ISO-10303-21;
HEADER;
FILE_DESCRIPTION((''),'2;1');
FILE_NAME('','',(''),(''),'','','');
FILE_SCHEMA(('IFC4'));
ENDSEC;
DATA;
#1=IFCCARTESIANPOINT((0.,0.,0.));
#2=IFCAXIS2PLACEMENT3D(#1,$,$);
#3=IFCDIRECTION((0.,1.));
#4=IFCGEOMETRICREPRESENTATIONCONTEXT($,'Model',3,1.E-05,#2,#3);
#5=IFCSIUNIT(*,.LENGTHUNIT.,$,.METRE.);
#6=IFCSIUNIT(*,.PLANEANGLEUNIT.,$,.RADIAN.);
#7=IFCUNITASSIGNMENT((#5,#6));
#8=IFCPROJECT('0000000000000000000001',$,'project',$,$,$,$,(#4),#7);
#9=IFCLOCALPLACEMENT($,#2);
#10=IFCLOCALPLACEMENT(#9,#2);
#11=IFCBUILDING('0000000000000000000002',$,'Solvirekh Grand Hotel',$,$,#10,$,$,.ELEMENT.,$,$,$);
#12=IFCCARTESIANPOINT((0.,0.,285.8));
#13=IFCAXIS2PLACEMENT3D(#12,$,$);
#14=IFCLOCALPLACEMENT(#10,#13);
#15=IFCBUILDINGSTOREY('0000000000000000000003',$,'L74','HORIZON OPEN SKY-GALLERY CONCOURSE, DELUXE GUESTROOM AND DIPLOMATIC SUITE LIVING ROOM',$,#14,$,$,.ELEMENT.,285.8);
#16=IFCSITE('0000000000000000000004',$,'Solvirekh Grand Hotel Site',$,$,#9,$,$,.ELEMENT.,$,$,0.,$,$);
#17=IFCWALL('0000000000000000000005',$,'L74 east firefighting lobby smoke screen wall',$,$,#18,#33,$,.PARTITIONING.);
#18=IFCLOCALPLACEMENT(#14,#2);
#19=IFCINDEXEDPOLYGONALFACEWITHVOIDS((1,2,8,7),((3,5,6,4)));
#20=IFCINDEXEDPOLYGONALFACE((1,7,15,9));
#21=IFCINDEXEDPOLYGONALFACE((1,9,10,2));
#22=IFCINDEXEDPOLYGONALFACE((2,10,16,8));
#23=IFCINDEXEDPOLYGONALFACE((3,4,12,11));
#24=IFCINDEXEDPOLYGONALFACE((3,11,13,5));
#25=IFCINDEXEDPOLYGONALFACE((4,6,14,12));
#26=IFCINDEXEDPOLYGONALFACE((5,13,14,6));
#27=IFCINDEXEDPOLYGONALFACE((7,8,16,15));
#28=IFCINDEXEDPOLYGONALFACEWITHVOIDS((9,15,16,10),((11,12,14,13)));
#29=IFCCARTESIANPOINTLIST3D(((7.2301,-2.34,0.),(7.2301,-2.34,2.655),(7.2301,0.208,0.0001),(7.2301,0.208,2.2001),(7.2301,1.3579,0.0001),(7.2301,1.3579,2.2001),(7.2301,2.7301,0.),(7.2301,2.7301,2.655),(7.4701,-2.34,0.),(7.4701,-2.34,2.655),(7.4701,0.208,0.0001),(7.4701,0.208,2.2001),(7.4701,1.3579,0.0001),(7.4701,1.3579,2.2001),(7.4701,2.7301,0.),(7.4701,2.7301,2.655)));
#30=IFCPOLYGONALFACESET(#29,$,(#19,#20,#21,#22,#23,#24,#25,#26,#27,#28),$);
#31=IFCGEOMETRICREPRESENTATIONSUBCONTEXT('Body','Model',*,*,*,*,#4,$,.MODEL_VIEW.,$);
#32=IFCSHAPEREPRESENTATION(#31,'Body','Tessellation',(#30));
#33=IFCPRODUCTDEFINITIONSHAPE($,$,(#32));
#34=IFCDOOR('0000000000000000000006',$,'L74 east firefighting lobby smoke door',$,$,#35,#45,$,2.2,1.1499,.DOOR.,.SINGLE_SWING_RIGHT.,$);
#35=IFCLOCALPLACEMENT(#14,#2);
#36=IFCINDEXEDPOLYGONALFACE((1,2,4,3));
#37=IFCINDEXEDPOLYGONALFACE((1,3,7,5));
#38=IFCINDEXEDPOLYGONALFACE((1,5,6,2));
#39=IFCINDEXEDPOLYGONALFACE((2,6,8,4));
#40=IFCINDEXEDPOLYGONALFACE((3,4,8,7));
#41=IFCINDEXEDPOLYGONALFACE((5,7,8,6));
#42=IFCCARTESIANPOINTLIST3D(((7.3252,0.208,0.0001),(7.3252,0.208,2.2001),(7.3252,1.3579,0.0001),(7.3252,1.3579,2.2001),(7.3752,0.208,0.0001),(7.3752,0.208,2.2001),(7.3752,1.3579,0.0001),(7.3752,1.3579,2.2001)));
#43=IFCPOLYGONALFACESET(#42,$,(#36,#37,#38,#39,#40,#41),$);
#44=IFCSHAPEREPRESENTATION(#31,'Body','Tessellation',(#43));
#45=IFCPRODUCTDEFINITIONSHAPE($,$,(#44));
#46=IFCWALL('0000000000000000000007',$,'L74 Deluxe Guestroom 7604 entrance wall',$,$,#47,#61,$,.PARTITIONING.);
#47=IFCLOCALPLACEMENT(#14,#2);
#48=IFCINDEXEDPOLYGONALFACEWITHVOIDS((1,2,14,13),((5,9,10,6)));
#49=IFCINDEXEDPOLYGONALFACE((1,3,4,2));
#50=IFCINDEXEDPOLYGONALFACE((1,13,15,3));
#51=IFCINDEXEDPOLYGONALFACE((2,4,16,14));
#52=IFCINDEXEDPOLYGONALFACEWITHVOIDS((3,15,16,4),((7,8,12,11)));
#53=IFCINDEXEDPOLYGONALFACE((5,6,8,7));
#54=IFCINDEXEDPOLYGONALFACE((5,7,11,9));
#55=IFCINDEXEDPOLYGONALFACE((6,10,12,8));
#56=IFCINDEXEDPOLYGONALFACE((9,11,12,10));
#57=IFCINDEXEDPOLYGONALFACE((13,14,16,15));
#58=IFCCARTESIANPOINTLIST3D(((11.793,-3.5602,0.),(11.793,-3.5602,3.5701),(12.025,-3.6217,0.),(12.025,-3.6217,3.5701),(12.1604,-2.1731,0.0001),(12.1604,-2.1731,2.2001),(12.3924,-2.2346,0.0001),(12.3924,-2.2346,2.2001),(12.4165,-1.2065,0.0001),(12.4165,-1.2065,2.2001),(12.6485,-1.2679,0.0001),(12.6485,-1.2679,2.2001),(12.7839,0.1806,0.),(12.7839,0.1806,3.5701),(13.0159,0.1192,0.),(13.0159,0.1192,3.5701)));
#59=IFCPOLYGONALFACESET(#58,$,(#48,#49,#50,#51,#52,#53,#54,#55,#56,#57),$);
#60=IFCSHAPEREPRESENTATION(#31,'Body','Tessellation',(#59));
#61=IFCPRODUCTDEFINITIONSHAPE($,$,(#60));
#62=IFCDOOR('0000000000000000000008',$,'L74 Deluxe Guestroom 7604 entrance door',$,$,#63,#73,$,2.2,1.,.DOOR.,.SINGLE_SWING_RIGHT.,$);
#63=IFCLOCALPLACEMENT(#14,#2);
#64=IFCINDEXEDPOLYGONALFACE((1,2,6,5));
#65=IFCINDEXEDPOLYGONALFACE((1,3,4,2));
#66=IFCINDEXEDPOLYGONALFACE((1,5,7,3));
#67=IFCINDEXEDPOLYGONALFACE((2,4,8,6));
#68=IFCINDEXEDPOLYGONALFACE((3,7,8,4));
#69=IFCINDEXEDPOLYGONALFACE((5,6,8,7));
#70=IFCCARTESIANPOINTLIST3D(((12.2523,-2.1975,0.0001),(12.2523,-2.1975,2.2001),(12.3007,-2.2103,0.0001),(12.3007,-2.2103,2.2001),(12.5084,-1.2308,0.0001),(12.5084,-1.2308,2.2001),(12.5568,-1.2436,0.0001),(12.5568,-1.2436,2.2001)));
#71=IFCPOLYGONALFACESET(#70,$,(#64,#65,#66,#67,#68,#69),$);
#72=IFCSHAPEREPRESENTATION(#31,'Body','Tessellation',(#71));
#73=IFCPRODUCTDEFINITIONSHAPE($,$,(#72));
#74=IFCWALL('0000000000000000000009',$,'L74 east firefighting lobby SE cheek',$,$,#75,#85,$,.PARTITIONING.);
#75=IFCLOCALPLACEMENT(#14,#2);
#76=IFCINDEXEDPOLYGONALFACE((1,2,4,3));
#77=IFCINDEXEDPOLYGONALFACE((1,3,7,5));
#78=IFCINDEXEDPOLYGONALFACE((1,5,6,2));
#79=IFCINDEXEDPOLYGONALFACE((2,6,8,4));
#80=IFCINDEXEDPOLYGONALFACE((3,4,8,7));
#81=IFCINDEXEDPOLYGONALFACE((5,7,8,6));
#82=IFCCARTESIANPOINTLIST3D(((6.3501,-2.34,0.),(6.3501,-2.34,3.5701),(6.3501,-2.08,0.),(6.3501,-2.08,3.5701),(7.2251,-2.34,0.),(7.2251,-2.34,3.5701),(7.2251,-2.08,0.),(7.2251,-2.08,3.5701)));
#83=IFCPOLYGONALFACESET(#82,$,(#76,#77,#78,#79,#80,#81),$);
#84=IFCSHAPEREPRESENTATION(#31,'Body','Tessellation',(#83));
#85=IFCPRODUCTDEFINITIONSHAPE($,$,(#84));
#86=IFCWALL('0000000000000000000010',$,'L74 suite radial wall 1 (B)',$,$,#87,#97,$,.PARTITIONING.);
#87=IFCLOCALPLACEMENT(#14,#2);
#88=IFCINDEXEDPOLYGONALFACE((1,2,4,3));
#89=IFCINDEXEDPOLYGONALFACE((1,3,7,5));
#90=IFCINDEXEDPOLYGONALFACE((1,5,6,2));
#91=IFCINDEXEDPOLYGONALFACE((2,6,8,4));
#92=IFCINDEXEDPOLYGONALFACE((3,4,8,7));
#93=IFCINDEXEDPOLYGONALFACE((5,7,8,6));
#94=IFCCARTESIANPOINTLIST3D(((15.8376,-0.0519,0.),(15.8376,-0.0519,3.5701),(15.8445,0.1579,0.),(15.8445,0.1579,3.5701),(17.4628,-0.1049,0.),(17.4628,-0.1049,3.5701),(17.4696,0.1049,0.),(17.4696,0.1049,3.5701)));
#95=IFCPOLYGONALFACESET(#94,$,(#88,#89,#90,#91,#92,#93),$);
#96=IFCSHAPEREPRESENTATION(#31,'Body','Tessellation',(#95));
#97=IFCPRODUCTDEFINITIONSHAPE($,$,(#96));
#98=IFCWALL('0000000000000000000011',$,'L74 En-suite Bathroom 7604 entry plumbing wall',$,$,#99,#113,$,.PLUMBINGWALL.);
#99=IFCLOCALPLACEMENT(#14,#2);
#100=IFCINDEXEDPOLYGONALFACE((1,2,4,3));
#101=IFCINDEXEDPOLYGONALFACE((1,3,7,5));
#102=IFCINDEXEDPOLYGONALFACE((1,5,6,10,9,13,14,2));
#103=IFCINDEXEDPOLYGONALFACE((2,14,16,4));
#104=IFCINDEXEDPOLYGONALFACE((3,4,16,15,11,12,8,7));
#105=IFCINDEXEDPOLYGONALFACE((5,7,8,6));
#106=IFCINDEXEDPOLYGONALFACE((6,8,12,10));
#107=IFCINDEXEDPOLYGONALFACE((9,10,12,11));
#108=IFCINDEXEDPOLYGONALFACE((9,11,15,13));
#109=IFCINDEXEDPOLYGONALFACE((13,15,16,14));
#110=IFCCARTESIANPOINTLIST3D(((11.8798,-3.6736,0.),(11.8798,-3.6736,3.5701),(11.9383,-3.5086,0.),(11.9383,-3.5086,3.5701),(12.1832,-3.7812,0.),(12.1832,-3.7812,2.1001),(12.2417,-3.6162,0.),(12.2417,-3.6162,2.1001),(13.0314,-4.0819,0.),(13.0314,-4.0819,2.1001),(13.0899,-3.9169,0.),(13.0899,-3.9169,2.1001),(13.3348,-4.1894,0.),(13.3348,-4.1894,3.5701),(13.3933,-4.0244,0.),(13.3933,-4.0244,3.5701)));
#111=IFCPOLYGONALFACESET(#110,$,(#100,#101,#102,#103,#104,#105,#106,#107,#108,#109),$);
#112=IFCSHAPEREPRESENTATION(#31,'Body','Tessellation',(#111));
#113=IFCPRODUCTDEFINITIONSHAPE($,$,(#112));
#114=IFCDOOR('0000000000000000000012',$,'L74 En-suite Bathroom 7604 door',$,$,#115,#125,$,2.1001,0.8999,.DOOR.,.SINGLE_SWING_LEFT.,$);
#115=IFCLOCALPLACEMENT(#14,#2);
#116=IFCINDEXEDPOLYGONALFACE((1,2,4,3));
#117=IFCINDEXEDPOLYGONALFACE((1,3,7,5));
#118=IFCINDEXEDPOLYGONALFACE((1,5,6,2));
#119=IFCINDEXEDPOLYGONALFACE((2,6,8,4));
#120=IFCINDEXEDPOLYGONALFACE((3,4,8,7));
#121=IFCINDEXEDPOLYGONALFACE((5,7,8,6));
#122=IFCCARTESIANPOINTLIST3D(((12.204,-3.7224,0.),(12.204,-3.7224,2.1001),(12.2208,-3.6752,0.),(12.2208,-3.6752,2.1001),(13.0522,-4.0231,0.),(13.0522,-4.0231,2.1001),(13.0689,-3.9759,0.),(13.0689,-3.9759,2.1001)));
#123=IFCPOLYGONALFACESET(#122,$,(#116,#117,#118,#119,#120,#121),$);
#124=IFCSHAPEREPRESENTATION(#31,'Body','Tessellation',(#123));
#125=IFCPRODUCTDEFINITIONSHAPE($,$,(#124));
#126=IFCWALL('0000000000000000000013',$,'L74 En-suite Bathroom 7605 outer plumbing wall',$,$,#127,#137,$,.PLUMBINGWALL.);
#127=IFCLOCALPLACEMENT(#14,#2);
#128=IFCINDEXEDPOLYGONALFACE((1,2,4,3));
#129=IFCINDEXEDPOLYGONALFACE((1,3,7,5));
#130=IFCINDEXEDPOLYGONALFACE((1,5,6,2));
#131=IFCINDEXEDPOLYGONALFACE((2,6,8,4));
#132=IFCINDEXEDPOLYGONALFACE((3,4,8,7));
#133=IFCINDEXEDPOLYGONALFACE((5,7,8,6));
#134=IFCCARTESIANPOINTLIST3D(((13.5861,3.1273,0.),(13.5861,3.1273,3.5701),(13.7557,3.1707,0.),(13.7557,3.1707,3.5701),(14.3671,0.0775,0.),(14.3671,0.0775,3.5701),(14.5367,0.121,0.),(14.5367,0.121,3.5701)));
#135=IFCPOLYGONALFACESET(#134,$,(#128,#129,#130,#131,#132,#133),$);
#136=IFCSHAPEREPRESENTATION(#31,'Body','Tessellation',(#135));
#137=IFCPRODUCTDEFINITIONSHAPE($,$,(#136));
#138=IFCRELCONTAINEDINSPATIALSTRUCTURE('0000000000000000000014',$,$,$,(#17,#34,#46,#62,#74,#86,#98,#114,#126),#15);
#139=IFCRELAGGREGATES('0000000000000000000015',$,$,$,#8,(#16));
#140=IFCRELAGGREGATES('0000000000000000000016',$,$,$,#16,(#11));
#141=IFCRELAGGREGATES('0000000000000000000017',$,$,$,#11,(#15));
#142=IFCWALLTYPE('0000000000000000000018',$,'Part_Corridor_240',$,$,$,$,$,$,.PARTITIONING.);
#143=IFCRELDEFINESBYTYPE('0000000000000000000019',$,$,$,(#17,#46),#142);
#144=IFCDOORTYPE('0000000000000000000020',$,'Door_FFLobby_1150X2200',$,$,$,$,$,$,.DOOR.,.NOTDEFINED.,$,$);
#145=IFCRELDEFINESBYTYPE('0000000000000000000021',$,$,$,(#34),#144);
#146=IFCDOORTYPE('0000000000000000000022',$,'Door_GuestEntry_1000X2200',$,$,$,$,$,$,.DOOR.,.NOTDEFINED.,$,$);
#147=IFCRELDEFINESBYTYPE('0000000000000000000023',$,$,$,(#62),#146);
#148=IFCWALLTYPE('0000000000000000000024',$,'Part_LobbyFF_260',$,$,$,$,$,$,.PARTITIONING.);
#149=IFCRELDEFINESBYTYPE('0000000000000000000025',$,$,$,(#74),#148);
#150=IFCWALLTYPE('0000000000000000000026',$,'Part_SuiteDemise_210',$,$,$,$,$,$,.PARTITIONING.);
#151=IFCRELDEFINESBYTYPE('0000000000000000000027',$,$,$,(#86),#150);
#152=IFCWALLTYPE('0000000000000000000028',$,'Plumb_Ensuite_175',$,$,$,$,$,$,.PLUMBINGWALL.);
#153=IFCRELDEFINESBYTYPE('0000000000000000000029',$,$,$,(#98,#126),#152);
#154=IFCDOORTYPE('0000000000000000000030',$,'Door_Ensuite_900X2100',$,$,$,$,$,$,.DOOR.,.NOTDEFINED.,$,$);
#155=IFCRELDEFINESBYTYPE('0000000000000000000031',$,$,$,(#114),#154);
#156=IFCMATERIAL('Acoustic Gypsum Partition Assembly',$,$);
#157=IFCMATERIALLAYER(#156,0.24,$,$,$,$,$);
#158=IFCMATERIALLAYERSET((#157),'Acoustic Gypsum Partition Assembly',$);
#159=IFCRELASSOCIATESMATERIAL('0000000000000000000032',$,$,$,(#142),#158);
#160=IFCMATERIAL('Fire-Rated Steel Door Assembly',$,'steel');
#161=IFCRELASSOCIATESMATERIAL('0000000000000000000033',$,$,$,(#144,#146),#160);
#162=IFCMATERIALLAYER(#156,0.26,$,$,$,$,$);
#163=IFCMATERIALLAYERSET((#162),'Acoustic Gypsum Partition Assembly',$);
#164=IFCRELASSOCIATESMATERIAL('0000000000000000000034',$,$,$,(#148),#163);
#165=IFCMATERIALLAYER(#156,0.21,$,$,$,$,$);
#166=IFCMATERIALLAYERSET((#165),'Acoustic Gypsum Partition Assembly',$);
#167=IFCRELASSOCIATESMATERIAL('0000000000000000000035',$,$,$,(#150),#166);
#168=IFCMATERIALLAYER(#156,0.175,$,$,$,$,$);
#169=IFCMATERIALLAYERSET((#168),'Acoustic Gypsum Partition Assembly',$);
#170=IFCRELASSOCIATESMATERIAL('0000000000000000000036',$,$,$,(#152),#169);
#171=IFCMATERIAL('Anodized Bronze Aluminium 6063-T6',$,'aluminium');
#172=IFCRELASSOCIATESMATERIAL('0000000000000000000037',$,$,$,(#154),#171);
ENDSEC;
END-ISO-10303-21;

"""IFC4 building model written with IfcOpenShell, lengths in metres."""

from ifc_helpers import new_model, si_unit, direction, frame, frame_2d, origin, place, context, subcontext, project, spatial, rectangle, extrude, material, layer, layer_set, type_object, element, fill, save


model = new_model("IFC4")

# Units and contexts
model_context = context("Model", 3, precision=1e-05, world=origin(), true_north=direction((0.0, 1.0)))
body_context = subcontext(model_context, "Body", "Model", "MODEL_VIEW")
ifc_project = project(units=[si_unit("LENGTHUNIT", "METRE"), si_unit("PLANEANGLEUNIT", "RADIAN")], contexts=[model_context])

# Site, building, storey
site_placement = place(None, origin())
site = spatial("IfcSite", under=ifc_project, at=site_placement, Name="Solvirekh Grand Hotel Site", CompositionType="ELEMENT", RefElevation=0.0)
building_placement = place(site_placement, origin())
building = spatial("IfcBuilding", under=site, at=building_placement, Name="Solvirekh Grand Hotel", CompositionType="ELEMENT")
storey_placement = place(building_placement, frame((0.0, 0.0, 285.8)))
storey = spatial("IfcBuildingStorey", under=building, at=storey_placement, Name="L74", Description="HORIZON OPEN SKY-GALLERY CONCOURSE, DELUXE GUESTROOM AND DIPLOMATIC SUITE LIVING ROOM", CompositionType="ELEMENT", Elevation=285.8)

# Shared definitions
ifc_material_1 = material(Name="Fire-Rated Steel Door Assembly", Category="steel")

# Walls, openings, doors
ifc_material_2 = material(Name="Anodized Bronze Aluminium 6063-T6", Category="aluminium")
ifc_material_3 = material(Name="Acoustic Gypsum Partition Assembly")
ifc_layer_1 = layer(ifc_material_3, 0.24)
ifc_layer_set_1 = layer_set([ifc_layer_1], Name="Acoustic Gypsum Partition Assembly")
wall_type_1 = type_object("IfcWallType", Name="Part_Corridor_240", PredefinedType="PARTITIONING", material=ifc_layer_set_1)
wall_1_placement = place(storey_placement, frame((7.3501, -2.3401, 0.0), z_axis=(0.0, 0.0, 1.0), x_axis=(0.0, 1.0, 0.0)))
wall_1 = element("IfcWall", 1, at=wall_1_placement, inside=storey, type_object=wall_type_1, Name="L74 east firefighting lobby smoke screen wall", PredefinedType="PARTITIONING", context=body_context, shape_type="SweptSolid", body=[
    extrude(rectangle(XDim=5.0701, YDim=0.24, at=frame_2d((2.5352, 0.0))), origin(), (0.0, 0.0, 1.0), 2.655),
])
opening_1_placement = place(wall_1_placement, frame((2.5481, 0.0, 0.0)))
opening_1 = element("IfcOpeningElement", 2, at=opening_1_placement, cuts=wall_1, PredefinedType="OPENING", context=body_context, shape_type="SweptSolid", body=[
    extrude(rectangle(XDim=1.1499, YDim=2.2, at=frame_2d((0.575, 1.1001))), frame((0.0, 0.1299, 0.0), z_axis=(0.0, -1.0, 0.0), x_axis=(1.0, 0.0, 0.0)), (0.0, 0.0, 1.0), 0.26),
])
door_type_1 = type_object("IfcDoorType", Name="Door_FFLobby_1150X2200", OperationType="NOTDEFINED", PredefinedType="DOOR", material=ifc_material_1)
door_1_placement = place(opening_1_placement, origin())
door_1 = element("IfcDoor", 3, at=door_1_placement, inside=storey, type_object=door_type_1, Name="L74 east firefighting lobby smoke door", OperationType="SINGLE_SWING_RIGHT", OverallHeight=2.2, OverallWidth=1.1499, PredefinedType="DOOR", context=body_context, shape_type="SweptSolid", body=[
    extrude(rectangle(XDim=1.1499, YDim=2.2, at=frame_2d((0.575, 1.1001))), frame((0.0, 0.0249, 0.0), z_axis=(0.0, -1.0, 0.0), x_axis=(1.0, 0.0, 0.0)), (0.0, 0.0, 1.0), 0.05),
])
fill(opening_1, door_1)
wall_2_placement = place(storey_placement, frame((11.9089, -3.5911, 0.0), z_axis=(0.0, 0.0, 1.0), x_axis=(0.256064, 0.96666, 0.0)))
wall_2 = element("IfcWall", 4, at=wall_2_placement, inside=storey, type_object=wall_type_1, Name="L74 Deluxe Guestroom 7604 entrance wall", PredefinedType="PARTITIONING", context=body_context, shape_type="SweptSolid", body=[
    extrude(rectangle(XDim=3.8699, YDim=0.24, at=frame_2d((1.9351, 0.0))), origin(), (0.0, 0.0, 1.0), 3.5701),
])
opening_2_placement = place(wall_2_placement, frame((1.4351, 0.0, 0.0)))
opening_2 = element("IfcOpeningElement", 5, at=opening_2_placement, cuts=wall_2, PredefinedType="OPENING", context=body_context, shape_type="SweptSolid", body=[
    extrude(rectangle(XDim=1.0, YDim=2.2, at=frame_2d((0.5, 1.1001))), frame((0.0, 0.1299, 0.0), z_axis=(0.0, -1.0, 0.0), x_axis=(1.0, 0.0, 0.0)), (0.0, 0.0, 1.0), 0.26),
])
door_type_2 = type_object("IfcDoorType", Name="Door_GuestEntry_1000X2200", OperationType="NOTDEFINED", PredefinedType="DOOR", material=ifc_material_1)
door_2_placement = place(opening_2_placement, origin())
door_2 = element("IfcDoor", 6, at=door_2_placement, inside=storey, type_object=door_type_2, Name="L74 Deluxe Guestroom 7604 entrance door", OperationType="SINGLE_SWING_RIGHT", OverallHeight=2.2, OverallWidth=1.0, PredefinedType="DOOR", context=body_context, shape_type="SweptSolid", body=[
    extrude(rectangle(XDim=1.0, YDim=2.2, at=frame_2d((0.5, 1.1001))), frame((0.0, 0.0249, 0.0), z_axis=(0.0, -1.0, 0.0), x_axis=(1.0, 0.0, 0.0)), (0.0, 0.0, 1.0), 0.05),
])
fill(opening_2, door_2)

# Walls
ifc_layer_2 = layer(ifc_material_3, 0.26)
ifc_layer_set_2 = layer_set([ifc_layer_2], Name="Acoustic Gypsum Partition Assembly")
wall_type_2 = type_object("IfcWallType", Name="Part_LobbyFF_260", PredefinedType="PARTITIONING", material=ifc_layer_set_2)
wall_3_placement = place(storey_placement, frame((6.3501, -2.21, 0.0), z_axis=(0.0, 0.0, 1.0), x_axis=(1.0, 0.0, 0.0)))
element("IfcWall", 7, at=wall_3_placement, inside=storey, type_object=wall_type_2, Name="L74 east firefighting lobby SE cheek", PredefinedType="PARTITIONING", context=body_context, shape_type="SweptSolid", body=[
    extrude(rectangle(XDim=0.875, YDim=0.26, at=frame_2d((0.4375, 0.0))), origin(), (0.0, 0.0, 1.0), 3.5701),
])
ifc_layer_3 = layer(ifc_material_3, 0.21)
ifc_layer_set_3 = layer_set([ifc_layer_3], Name="Acoustic Gypsum Partition Assembly")
wall_type_3 = type_object("IfcWallType", Name="Part_SuiteDemise_210", PredefinedType="PARTITIONING", material=ifc_layer_set_3)
wall_4_placement = place(storey_placement, frame((15.8411, 0.053, 0.0), z_axis=(0.0, 0.0, 1.0), x_axis=(0.999469, -0.032585, 0.0)))
element("IfcWall", 8, at=wall_4_placement, inside=storey, type_object=wall_type_3, Name="L74 suite radial wall 1 (B)", PredefinedType="PARTITIONING", context=body_context, shape_type="SweptSolid", body=[
    extrude(rectangle(XDim=1.626, YDim=0.21, at=frame_2d((0.813, 0.0))), origin(), (0.0, 0.0, 1.0), 3.5701),
])

# Wall, opening, door
ifc_layer_4 = layer(ifc_material_3, 0.175)
ifc_layer_set_4 = layer_set([ifc_layer_4], Name="Acoustic Gypsum Partition Assembly")
wall_type_4 = type_object("IfcWallType", Name="Plumb_Ensuite_175", PredefinedType="PLUMBINGWALL", material=ifc_layer_set_4)
wall_5_placement = place(storey_placement, frame((11.9089, -3.5911, 0.0), z_axis=(0.0, 0.0, 1.0), x_axis=(0.942519, -0.334152, 0.0)))
wall_5 = element("IfcWall", 9, at=wall_5_placement, inside=storey, type_object=wall_type_4, Name="L74 En-suite Bathroom 7604 entry plumbing wall", PredefinedType="PLUMBINGWALL", context=body_context, shape_type="SweptSolid", body=[
    extrude(rectangle(XDim=1.5437, YDim=0.175, at=frame_2d((0.772, 0.0))), origin(), (0.0, 0.0, 1.0), 3.5701),
])
opening_3_placement = place(wall_5_placement, frame((0.322, 0.0, 0.0)))
opening_3 = element("IfcOpeningElement", 10, at=opening_3_placement, cuts=wall_5, PredefinedType="OPENING", context=body_context, shape_type="SweptSolid", body=[
    extrude(rectangle(XDim=0.8999, YDim=2.1001, at=frame_2d((0.45, 1.05))), frame((0.0, 0.0977, 0.0), z_axis=(0.0, -1.0, 0.0), x_axis=(1.0, 0.0, 0.0)), (0.0, 0.0, 1.0), 0.1951),
])
door_type_3 = type_object("IfcDoorType", Name="Door_Ensuite_900X2100", OperationType="NOTDEFINED", PredefinedType="DOOR", material=ifc_material_2)
door_3_placement = place(opening_3_placement, origin())
door_3 = element("IfcDoor", 11, at=door_3_placement, inside=storey, type_object=door_type_3, Name="L74 En-suite Bathroom 7604 door", OperationType="SINGLE_SWING_LEFT", OverallHeight=2.1001, OverallWidth=0.8999, PredefinedType="DOOR", context=body_context, shape_type="SweptSolid", body=[
    extrude(rectangle(XDim=0.8999, YDim=2.1001, at=frame_2d((0.45, 1.05))), frame((0.0, 0.0249, 0.0), z_axis=(0.0, -1.0, 0.0), x_axis=(1.0, 0.0, 0.0)), (0.0, 0.0, 1.0), 0.05),
])
fill(opening_3, door_3)

# Wall
wall_6_placement = place(storey_placement, frame((14.4519, 0.0991, 0.0), z_axis=(0.0, 0.0, 1.0), x_axis=(-0.248079, 0.96874, 0.0)))
element("IfcWall", 12, at=wall_6_placement, inside=storey, type_object=wall_type_4, Name="L74 En-suite Bathroom 7605 outer plumbing wall", PredefinedType="PLUMBINGWALL", context=body_context, shape_type="SweptSolid", body=[
    extrude(rectangle(XDim=3.1482, YDim=0.175, at=frame_2d((1.5742, 0.0))), origin(), (0.0, 0.0, 1.0), 3.5701),
])

save(model, "model.ifc")
